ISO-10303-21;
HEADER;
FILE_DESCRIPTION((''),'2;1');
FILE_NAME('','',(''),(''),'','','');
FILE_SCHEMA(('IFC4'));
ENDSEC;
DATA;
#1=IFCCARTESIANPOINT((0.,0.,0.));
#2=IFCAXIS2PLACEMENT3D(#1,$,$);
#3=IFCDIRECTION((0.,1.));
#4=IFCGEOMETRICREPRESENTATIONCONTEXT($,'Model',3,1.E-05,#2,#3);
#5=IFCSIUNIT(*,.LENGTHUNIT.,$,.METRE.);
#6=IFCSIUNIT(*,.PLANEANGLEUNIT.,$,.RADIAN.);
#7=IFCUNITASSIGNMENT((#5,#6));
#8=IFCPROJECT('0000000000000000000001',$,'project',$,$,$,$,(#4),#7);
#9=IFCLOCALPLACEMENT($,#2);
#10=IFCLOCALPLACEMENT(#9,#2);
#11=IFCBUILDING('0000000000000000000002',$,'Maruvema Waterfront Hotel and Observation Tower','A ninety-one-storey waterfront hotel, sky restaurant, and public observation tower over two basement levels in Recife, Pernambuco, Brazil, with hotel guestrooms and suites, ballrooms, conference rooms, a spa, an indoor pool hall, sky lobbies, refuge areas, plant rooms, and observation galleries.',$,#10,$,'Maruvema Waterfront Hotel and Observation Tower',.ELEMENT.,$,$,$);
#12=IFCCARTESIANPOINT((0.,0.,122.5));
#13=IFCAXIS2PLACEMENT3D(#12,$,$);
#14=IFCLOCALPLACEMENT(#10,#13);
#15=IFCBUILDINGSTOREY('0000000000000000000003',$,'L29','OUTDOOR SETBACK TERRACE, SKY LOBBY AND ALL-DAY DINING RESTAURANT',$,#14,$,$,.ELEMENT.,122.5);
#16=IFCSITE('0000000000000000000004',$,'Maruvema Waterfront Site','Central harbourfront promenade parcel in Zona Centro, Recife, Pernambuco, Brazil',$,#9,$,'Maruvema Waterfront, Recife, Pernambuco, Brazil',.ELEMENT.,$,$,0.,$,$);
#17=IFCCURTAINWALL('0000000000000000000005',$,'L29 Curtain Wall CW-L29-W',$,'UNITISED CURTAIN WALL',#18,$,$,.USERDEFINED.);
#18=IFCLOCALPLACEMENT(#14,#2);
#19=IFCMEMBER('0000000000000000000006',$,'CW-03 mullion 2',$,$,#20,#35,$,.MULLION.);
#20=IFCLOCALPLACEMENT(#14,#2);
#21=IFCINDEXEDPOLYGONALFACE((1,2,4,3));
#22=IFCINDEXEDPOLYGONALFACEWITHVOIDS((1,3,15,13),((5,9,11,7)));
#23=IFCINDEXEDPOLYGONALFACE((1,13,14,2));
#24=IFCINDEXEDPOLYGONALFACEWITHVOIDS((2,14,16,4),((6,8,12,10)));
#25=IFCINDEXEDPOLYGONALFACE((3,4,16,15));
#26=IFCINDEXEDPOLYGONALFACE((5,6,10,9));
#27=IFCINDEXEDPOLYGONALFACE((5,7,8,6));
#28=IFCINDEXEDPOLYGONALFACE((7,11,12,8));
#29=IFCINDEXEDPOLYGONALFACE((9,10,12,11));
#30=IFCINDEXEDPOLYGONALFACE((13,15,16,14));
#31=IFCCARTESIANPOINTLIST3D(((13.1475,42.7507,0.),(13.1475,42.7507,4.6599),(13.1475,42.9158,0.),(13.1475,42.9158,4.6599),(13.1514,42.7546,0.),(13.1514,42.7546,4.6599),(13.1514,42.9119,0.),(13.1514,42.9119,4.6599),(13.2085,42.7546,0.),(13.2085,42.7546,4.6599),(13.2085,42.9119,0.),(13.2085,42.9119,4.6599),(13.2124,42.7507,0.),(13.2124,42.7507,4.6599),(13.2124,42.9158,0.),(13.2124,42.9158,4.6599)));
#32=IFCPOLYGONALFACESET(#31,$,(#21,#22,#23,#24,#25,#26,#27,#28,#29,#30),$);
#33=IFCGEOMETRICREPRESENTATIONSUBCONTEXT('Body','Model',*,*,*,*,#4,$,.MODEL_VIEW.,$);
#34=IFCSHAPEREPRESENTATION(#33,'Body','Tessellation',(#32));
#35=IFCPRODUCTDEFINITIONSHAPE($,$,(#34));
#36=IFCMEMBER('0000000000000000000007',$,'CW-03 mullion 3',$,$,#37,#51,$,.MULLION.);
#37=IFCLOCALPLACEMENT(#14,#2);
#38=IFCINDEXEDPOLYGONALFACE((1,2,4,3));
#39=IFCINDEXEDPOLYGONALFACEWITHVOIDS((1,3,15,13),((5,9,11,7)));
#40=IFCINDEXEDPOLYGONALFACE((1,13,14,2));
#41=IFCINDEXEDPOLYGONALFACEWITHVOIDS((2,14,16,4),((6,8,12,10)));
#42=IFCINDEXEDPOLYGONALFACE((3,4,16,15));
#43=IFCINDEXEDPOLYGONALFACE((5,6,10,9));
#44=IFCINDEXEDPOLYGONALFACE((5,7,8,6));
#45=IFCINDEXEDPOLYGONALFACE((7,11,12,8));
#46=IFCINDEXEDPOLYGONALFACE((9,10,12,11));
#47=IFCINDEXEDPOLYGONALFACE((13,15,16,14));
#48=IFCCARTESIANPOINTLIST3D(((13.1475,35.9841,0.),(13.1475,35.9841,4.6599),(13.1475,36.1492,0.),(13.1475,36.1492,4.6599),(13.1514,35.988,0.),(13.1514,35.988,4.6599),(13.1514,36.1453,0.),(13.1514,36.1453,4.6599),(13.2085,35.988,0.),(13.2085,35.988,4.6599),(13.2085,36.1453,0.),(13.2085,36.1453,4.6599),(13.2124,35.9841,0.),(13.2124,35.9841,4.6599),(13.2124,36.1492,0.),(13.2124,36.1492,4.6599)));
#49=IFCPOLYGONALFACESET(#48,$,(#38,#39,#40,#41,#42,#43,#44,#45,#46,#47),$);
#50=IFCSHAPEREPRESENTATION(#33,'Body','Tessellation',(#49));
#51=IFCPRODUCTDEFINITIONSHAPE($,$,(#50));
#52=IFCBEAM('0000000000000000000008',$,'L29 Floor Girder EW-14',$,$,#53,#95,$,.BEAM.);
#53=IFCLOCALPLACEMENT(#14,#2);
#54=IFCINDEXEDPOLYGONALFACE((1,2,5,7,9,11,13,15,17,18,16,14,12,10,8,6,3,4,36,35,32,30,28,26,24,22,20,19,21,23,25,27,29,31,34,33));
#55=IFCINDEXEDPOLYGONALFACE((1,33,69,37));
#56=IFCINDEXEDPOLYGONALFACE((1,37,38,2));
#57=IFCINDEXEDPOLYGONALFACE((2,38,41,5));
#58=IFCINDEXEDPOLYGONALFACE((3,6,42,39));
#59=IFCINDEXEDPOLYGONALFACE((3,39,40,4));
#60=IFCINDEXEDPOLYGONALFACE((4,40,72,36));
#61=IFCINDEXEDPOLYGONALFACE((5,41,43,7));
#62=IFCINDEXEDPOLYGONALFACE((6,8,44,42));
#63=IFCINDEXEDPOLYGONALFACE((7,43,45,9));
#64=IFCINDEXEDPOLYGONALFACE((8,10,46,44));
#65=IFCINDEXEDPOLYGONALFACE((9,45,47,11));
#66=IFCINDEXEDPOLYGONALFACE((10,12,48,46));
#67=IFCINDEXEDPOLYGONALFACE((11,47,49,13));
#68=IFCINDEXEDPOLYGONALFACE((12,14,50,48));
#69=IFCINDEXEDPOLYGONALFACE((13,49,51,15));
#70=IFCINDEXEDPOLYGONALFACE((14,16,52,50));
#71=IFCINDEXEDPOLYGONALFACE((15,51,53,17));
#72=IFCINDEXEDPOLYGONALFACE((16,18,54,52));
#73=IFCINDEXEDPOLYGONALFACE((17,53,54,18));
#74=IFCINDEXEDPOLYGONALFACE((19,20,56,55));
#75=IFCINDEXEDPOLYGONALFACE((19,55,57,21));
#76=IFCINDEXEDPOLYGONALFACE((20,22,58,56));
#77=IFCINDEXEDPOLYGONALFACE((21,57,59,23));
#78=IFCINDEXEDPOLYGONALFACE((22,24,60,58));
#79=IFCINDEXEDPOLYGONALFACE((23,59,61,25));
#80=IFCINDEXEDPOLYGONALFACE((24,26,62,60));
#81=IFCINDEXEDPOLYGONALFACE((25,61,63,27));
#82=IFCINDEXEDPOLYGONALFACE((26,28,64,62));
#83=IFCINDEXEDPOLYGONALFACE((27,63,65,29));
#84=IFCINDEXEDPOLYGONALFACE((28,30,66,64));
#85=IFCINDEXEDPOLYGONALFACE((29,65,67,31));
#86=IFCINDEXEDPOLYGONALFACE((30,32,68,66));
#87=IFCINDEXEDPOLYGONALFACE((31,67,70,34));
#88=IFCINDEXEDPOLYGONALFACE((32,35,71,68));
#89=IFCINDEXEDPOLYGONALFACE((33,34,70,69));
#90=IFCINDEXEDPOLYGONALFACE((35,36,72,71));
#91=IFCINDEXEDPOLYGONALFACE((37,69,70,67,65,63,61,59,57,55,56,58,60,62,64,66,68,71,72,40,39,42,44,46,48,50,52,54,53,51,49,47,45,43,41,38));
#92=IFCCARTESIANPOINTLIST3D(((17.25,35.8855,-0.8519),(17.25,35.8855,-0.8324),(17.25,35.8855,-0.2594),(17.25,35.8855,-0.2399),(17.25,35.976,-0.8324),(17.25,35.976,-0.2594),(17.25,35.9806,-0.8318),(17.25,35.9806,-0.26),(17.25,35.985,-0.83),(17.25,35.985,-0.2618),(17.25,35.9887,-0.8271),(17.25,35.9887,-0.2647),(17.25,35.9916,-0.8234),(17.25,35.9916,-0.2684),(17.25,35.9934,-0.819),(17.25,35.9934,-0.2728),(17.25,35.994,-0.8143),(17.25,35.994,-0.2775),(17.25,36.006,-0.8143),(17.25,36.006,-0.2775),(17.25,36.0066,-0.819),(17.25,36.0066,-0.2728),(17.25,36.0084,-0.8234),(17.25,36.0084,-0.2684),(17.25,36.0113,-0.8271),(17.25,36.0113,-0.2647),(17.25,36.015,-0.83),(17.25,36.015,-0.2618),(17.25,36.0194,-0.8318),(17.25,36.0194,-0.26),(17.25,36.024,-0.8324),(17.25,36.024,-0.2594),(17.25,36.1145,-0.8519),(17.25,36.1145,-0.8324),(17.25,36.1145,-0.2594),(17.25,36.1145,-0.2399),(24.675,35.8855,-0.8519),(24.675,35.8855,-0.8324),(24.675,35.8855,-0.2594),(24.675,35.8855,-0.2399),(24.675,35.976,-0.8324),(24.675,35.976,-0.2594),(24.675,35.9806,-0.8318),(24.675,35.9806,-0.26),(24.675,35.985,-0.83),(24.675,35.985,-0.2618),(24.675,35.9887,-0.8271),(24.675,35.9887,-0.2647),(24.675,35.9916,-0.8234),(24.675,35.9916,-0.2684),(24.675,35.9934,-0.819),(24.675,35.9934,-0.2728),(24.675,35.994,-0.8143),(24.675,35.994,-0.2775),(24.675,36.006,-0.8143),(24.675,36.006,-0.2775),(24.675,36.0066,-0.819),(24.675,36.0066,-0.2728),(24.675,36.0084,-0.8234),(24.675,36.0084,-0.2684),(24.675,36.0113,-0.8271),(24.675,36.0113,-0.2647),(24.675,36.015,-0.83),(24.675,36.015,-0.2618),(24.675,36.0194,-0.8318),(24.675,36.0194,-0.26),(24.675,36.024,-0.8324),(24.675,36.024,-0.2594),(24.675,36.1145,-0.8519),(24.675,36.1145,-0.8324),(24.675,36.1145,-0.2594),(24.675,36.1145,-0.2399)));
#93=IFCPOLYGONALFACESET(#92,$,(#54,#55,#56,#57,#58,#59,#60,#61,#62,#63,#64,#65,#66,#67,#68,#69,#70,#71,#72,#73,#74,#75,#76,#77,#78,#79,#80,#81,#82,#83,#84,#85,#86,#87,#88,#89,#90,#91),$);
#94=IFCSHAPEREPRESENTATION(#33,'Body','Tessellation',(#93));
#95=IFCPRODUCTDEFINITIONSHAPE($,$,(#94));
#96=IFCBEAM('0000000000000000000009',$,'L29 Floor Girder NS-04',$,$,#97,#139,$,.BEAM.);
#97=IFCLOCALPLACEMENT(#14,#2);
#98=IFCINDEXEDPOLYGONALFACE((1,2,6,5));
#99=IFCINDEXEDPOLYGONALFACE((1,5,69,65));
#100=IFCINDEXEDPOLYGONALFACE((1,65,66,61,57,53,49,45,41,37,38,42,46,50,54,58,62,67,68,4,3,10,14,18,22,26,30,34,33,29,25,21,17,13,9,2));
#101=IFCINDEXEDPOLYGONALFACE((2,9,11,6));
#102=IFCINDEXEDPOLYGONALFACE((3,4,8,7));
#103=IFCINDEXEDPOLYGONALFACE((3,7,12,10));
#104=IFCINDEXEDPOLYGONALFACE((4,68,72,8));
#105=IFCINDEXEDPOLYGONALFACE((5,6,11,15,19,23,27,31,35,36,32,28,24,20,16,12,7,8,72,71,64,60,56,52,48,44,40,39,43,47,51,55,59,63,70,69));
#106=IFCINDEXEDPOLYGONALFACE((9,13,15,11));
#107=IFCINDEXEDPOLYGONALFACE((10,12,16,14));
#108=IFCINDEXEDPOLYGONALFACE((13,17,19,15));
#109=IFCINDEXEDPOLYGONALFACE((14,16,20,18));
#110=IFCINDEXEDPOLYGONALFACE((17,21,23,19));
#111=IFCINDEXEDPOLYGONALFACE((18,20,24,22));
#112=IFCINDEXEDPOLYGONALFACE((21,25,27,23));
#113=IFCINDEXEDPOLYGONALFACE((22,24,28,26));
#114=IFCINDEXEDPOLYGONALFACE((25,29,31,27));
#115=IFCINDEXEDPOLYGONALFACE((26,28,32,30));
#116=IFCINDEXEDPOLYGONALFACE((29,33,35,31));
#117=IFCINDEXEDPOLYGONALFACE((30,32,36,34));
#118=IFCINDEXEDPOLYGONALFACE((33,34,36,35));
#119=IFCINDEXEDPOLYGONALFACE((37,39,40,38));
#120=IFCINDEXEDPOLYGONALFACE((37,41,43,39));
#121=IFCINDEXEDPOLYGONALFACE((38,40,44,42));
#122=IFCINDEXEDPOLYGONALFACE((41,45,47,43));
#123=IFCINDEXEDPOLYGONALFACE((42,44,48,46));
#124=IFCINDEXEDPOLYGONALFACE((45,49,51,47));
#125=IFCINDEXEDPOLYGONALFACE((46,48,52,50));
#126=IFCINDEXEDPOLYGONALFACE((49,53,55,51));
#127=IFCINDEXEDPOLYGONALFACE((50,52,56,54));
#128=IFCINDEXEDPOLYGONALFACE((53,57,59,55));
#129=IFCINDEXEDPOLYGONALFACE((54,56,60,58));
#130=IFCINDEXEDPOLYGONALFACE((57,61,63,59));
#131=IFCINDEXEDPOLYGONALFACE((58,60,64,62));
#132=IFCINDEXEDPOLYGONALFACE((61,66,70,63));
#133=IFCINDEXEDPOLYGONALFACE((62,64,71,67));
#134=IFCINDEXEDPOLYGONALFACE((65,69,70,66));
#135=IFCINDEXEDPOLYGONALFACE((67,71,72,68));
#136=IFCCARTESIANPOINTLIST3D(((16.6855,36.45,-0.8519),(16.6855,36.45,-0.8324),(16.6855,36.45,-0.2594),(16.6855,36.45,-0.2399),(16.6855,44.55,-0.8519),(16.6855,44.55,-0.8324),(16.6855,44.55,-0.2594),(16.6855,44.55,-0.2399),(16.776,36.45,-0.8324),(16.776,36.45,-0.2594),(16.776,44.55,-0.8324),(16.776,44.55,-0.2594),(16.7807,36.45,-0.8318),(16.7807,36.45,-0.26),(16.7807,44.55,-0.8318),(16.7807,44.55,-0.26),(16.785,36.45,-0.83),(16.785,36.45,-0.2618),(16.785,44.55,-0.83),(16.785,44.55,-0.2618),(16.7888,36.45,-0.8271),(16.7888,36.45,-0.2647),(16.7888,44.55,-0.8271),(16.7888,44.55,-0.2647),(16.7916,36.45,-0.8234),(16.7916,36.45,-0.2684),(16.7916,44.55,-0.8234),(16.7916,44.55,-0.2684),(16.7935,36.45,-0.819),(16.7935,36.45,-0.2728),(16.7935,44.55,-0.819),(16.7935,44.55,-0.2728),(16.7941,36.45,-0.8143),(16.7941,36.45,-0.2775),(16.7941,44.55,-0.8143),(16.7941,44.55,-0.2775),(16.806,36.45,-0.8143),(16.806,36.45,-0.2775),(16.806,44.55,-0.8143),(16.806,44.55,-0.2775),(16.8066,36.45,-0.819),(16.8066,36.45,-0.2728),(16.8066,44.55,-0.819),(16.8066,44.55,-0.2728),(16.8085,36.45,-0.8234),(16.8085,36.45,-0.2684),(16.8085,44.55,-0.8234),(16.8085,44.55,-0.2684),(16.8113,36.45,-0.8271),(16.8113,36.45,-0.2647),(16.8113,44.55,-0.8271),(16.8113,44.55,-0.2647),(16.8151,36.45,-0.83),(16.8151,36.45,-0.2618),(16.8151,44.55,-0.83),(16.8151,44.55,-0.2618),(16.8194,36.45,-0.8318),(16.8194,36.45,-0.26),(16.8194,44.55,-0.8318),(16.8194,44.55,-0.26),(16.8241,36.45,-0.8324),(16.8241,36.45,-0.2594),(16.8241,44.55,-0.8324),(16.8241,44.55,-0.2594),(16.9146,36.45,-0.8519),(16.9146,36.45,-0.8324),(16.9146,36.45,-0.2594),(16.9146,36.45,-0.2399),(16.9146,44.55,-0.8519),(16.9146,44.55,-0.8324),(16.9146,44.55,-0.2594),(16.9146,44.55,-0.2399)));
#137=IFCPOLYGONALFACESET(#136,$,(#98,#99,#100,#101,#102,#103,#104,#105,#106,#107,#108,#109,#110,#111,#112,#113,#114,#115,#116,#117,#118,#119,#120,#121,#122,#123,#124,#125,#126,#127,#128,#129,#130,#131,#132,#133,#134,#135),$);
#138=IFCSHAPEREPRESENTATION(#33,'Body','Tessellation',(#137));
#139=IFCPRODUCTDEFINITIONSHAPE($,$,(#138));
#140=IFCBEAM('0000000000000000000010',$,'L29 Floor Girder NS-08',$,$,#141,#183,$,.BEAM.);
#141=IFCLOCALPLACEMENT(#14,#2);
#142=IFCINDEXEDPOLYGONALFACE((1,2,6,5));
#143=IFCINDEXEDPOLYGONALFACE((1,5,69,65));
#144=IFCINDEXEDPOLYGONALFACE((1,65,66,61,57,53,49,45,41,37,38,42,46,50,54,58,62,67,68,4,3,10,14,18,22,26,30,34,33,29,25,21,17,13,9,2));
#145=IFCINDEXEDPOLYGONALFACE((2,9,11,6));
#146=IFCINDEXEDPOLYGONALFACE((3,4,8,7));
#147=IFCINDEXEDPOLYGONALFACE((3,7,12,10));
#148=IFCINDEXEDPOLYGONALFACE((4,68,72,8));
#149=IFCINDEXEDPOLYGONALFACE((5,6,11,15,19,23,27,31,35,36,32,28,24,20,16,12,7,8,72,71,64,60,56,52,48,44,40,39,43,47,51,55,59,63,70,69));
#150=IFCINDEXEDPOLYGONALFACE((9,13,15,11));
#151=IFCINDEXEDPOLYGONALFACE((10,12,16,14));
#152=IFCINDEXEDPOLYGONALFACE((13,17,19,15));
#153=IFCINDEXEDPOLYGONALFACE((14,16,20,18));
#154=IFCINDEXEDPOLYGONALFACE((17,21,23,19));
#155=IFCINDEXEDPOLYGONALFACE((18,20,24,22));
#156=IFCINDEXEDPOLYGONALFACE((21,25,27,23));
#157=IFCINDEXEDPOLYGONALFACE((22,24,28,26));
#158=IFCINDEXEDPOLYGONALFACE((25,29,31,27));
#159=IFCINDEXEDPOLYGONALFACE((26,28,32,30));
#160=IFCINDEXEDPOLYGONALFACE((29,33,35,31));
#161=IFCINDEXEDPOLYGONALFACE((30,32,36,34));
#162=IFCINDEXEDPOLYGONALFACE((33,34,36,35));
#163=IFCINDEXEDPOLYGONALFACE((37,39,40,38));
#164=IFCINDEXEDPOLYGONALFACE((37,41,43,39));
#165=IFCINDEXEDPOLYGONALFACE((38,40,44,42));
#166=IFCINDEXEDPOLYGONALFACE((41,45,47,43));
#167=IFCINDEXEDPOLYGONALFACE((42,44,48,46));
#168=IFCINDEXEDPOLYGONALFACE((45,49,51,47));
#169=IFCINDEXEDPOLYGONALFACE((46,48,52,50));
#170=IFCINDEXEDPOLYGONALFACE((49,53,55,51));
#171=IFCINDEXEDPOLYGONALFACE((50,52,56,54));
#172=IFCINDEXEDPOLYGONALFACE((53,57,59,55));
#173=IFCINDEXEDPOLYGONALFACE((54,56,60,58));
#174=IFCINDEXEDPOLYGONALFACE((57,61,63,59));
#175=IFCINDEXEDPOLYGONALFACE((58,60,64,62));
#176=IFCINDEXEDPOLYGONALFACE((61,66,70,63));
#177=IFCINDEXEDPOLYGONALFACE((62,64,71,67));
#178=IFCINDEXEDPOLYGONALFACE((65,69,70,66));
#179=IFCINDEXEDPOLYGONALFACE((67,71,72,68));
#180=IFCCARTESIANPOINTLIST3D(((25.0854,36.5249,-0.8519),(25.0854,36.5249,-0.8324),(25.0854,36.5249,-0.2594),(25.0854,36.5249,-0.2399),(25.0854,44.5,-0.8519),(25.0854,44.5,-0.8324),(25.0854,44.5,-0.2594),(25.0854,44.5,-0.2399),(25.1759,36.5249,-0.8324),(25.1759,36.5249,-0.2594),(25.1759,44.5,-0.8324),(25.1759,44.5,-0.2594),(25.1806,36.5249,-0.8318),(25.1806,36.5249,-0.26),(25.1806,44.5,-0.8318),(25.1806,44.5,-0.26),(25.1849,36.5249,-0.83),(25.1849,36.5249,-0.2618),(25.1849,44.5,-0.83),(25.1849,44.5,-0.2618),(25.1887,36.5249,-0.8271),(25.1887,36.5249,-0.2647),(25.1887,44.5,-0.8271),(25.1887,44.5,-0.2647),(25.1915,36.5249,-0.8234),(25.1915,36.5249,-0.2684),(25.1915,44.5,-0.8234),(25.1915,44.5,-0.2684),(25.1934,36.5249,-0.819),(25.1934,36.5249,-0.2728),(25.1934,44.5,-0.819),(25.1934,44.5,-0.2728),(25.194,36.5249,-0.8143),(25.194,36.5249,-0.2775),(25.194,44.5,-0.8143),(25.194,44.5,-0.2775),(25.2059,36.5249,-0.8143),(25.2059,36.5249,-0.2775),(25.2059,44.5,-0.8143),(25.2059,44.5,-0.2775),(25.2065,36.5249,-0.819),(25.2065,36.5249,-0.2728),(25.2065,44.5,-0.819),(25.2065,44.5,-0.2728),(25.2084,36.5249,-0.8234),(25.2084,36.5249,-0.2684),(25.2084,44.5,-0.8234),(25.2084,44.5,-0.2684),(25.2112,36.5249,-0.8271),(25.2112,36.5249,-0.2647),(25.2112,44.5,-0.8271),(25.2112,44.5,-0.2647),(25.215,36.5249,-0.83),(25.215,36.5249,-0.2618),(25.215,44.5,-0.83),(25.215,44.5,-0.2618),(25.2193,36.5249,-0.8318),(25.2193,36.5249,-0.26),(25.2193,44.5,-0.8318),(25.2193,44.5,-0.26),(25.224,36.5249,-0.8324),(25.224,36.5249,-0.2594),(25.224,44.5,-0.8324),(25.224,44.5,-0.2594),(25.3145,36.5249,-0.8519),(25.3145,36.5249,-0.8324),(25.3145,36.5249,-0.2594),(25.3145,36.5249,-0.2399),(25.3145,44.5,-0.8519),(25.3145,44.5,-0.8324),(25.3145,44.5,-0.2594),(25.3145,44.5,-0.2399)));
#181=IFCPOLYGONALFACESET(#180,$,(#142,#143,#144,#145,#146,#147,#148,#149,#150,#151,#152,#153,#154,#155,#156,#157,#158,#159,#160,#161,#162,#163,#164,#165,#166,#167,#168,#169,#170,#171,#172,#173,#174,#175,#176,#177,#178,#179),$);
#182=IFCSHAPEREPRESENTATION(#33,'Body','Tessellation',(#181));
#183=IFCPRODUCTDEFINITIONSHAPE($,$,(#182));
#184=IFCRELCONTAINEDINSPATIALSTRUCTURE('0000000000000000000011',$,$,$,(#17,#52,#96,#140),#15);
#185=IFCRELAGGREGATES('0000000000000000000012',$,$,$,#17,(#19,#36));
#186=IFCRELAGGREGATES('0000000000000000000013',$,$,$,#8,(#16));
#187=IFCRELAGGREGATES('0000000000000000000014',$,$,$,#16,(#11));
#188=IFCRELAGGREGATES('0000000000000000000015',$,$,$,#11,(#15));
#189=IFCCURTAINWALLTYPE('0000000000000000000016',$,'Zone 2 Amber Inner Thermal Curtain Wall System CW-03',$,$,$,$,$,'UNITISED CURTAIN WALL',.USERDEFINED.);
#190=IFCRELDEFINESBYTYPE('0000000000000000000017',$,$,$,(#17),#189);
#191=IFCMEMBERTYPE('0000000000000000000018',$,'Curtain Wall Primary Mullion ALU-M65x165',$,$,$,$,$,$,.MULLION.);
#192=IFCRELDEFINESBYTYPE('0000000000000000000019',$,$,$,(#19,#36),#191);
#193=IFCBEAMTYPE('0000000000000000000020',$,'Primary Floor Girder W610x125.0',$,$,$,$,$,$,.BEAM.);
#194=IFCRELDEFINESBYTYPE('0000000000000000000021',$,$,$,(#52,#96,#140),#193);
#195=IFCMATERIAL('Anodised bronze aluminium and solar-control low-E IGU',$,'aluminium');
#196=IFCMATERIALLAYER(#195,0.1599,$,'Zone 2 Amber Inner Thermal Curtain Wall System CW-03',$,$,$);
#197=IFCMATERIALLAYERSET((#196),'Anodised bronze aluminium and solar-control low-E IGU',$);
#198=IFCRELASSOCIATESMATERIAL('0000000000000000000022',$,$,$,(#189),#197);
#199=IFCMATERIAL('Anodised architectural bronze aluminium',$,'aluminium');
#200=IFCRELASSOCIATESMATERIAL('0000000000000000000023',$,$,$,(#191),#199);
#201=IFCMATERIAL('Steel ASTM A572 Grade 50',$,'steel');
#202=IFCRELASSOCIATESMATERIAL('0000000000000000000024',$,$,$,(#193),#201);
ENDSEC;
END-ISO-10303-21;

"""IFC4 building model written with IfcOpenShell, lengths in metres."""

from ifc_helpers import new_model, si_unit, direction, frame, origin, origin_2d, place, context, subcontext, project, spatial, hollow_rectangle, i_section, extrude, material, layer, layer_set, material_profile, profile_set, type_object, element, aggregate, save


model = new_model("IFC4")

# Units and contexts
model_context = context("Model", 3, precision=1e-05, world=origin(), true_north=direction((0.0, 1.0)))
body_context = subcontext(model_context, "Body", "Model", "MODEL_VIEW")
ifc_project = project(units=[si_unit("LENGTHUNIT", "METRE"), si_unit("PLANEANGLEUNIT", "RADIAN")], contexts=[model_context])

# Site, building, storey
site_placement = place(None, origin())
site = spatial("IfcSite", under=ifc_project, at=site_placement, Name="Maruvema Waterfront Site", Description="Central harbourfront promenade parcel in Zona Centro, Recife, Pernambuco, Brazil", LongName="Maruvema Waterfront, Recife, Pernambuco, Brazil", CompositionType="ELEMENT", RefElevation=0.0)
building_placement = place(site_placement, origin())
building = spatial("IfcBuilding", under=site, at=building_placement, Name="Maruvema Waterfront Hotel and Observation Tower", Description="A ninety-one-storey waterfront hotel, sky restaurant, and public observation tower over two basement levels in Recife, Pernambuco, Brazil, with hotel guestrooms and suites, ballrooms, conference rooms, a spa, an indoor pool hall, sky lobbies, refuge areas, plant rooms, and observation galleries.", LongName="Maruvema Waterfront Hotel and Observation Tower", CompositionType="ELEMENT")
storey_placement = place(building_placement, frame((0.0, 0.0, 122.5)))
storey = spatial("IfcBuildingStorey", under=building, at=storey_placement, Name="L29", Description="OUTDOOR SETBACK TERRACE, SKY LOBBY AND ALL-DAY DINING RESTAURANT", CompositionType="ELEMENT", Elevation=122.5)

# Curtain wall, members
ifc_material_1 = material(Name="Anodised bronze aluminium and solar-control low-E IGU", Category="aluminium")
ifc_layer_1 = layer(ifc_material_1, 0.1599, Name="Zone 2 Amber Inner Thermal Curtain Wall System CW-03")
ifc_layer_set_1 = layer_set([ifc_layer_1], Name="Anodised bronze aluminium and solar-control low-E IGU")
curtain_wall_type = type_object("IfcCurtainWallType", Name="Zone 2 Amber Inner Thermal Curtain Wall System CW-03", ElementType="UNITISED CURTAIN WALL", PredefinedType="USERDEFINED", material=ifc_layer_set_1)
curtain_wall_placement = place(storey_placement, origin())
curtain_wall = element("IfcCurtainWall", 1, at=curtain_wall_placement, inside=storey, type_object=curtain_wall_type, Name="L29 Curtain Wall CW-L29-W", ObjectType="UNITISED CURTAIN WALL", PredefinedType="USERDEFINED")
ifc_material_2 = material(Name="Anodised architectural bronze aluminium", Category="aluminium")
ifc_material_profile_1 = material_profile(ifc_material_2, hollow_rectangle(XDim=0.0649, YDim=0.165, WallThickness=0.0039, at=origin_2d()), Name="ALU-M65x165")
ifc_profile_set_1 = profile_set([ifc_material_profile_1], Name="Anodised architectural bronze aluminium")
member_type_1 = type_object("IfcMemberType", Name="Curtain Wall Primary Mullion ALU-M65x165", PredefinedType="MULLION", material=ifc_profile_set_1)
member_1_placement = place(storey_placement, frame((13.1799, 42.8333, 0.0), z_axis=(0.0, 0.0, 1.0), x_axis=(1.0, 0.0, 0.0)))
member_1 = element("IfcMember", 2, at=member_1_placement, type_object=member_type_1, Name="CW-03 mullion 2", PredefinedType="MULLION", context=body_context, shape_type="SweptSolid", body=[
    extrude(hollow_rectangle(XDim=0.0649, YDim=0.165, WallThickness=0.0039, at=origin_2d()), origin(), (0.0, 0.0, 1.0), 4.6599),
])
member_2_placement = place(storey_placement, frame((13.1799, 36.0667, 0.0), z_axis=(0.0, 0.0, 1.0), x_axis=(1.0, 0.0, 0.0)))
member_2 = element("IfcMember", 3, at=member_2_placement, type_object=member_type_1, Name="CW-03 mullion 3", PredefinedType="MULLION", context=body_context, shape_type="SweptSolid", body=[
    extrude(hollow_rectangle(XDim=0.0649, YDim=0.165, WallThickness=0.0039, at=origin_2d()), origin(), (0.0, 0.0, 1.0), 4.6599),
])

# Beams
ifc_material_3 = material(Name="Steel ASTM A572 Grade 50", Category="steel")
ifc_material_profile_2 = material_profile(ifc_material_3, i_section(OverallWidth=0.229, OverallDepth=0.6121, WebThickness=0.012, FlangeThickness=0.0195, FilletRadius=0.0181, at=origin_2d()), Name="W610x125.0")
ifc_profile_set_2 = profile_set([ifc_material_profile_2], Name="Steel ASTM A572 Grade 50")
beam_type_1 = type_object("IfcBeamType", Name="Primary Floor Girder W610x125.0", PredefinedType="BEAM", material=ifc_profile_set_2)
beam_1_placement = place(storey_placement, frame((17.25, 36.0, -0.5459), z_axis=(1.0, 0.0, 0.0), x_axis=(0.0, 1.0, 0.0)))
element("IfcBeam", 4, at=beam_1_placement, inside=storey, type_object=beam_type_1, Name="L29 Floor Girder EW-14", PredefinedType="BEAM", context=body_context, shape_type="SweptSolid", body=[
    extrude(i_section(OverallWidth=0.229, OverallDepth=0.6121, WebThickness=0.012, FlangeThickness=0.0195, FilletRadius=0.0181, at=origin_2d()), origin(), (0.0, 0.0, 1.0), 7.425),
])
beam_2_placement = place(storey_placement, frame((16.8, 36.45, -0.5459), z_axis=(0.0, 1.0, 0.0), x_axis=(-1.0, 0.0, 0.0)))
element("IfcBeam", 5, at=beam_2_placement, inside=storey, type_object=beam_type_1, Name="L29 Floor Girder NS-04", PredefinedType="BEAM", context=body_context, shape_type="SweptSolid", body=[
    extrude(i_section(OverallWidth=0.229, OverallDepth=0.6121, WebThickness=0.012, FlangeThickness=0.0195, FilletRadius=0.0181, at=origin_2d()), origin(), (0.0, 0.0, 1.0), 8.1001),
])
beam_3_placement = place(storey_placement, frame((25.2, 36.5249, -0.5459), z_axis=(0.0, 1.0, 0.0), x_axis=(-1.0, 0.0, 0.0)))
element("IfcBeam", 6, at=beam_3_placement, inside=storey, type_object=beam_type_1, Name="L29 Floor Girder NS-08", PredefinedType="BEAM", context=body_context, shape_type="SweptSolid", body=[
    extrude(i_section(OverallWidth=0.229, OverallDepth=0.6121, WebThickness=0.012, FlangeThickness=0.0195, FilletRadius=0.0181, at=origin_2d()), origin(), (0.0, 0.0, 1.0), 7.9751),
])

aggregate(curtain_wall, [member_1, member_2])

save(model, "model.ifc")
